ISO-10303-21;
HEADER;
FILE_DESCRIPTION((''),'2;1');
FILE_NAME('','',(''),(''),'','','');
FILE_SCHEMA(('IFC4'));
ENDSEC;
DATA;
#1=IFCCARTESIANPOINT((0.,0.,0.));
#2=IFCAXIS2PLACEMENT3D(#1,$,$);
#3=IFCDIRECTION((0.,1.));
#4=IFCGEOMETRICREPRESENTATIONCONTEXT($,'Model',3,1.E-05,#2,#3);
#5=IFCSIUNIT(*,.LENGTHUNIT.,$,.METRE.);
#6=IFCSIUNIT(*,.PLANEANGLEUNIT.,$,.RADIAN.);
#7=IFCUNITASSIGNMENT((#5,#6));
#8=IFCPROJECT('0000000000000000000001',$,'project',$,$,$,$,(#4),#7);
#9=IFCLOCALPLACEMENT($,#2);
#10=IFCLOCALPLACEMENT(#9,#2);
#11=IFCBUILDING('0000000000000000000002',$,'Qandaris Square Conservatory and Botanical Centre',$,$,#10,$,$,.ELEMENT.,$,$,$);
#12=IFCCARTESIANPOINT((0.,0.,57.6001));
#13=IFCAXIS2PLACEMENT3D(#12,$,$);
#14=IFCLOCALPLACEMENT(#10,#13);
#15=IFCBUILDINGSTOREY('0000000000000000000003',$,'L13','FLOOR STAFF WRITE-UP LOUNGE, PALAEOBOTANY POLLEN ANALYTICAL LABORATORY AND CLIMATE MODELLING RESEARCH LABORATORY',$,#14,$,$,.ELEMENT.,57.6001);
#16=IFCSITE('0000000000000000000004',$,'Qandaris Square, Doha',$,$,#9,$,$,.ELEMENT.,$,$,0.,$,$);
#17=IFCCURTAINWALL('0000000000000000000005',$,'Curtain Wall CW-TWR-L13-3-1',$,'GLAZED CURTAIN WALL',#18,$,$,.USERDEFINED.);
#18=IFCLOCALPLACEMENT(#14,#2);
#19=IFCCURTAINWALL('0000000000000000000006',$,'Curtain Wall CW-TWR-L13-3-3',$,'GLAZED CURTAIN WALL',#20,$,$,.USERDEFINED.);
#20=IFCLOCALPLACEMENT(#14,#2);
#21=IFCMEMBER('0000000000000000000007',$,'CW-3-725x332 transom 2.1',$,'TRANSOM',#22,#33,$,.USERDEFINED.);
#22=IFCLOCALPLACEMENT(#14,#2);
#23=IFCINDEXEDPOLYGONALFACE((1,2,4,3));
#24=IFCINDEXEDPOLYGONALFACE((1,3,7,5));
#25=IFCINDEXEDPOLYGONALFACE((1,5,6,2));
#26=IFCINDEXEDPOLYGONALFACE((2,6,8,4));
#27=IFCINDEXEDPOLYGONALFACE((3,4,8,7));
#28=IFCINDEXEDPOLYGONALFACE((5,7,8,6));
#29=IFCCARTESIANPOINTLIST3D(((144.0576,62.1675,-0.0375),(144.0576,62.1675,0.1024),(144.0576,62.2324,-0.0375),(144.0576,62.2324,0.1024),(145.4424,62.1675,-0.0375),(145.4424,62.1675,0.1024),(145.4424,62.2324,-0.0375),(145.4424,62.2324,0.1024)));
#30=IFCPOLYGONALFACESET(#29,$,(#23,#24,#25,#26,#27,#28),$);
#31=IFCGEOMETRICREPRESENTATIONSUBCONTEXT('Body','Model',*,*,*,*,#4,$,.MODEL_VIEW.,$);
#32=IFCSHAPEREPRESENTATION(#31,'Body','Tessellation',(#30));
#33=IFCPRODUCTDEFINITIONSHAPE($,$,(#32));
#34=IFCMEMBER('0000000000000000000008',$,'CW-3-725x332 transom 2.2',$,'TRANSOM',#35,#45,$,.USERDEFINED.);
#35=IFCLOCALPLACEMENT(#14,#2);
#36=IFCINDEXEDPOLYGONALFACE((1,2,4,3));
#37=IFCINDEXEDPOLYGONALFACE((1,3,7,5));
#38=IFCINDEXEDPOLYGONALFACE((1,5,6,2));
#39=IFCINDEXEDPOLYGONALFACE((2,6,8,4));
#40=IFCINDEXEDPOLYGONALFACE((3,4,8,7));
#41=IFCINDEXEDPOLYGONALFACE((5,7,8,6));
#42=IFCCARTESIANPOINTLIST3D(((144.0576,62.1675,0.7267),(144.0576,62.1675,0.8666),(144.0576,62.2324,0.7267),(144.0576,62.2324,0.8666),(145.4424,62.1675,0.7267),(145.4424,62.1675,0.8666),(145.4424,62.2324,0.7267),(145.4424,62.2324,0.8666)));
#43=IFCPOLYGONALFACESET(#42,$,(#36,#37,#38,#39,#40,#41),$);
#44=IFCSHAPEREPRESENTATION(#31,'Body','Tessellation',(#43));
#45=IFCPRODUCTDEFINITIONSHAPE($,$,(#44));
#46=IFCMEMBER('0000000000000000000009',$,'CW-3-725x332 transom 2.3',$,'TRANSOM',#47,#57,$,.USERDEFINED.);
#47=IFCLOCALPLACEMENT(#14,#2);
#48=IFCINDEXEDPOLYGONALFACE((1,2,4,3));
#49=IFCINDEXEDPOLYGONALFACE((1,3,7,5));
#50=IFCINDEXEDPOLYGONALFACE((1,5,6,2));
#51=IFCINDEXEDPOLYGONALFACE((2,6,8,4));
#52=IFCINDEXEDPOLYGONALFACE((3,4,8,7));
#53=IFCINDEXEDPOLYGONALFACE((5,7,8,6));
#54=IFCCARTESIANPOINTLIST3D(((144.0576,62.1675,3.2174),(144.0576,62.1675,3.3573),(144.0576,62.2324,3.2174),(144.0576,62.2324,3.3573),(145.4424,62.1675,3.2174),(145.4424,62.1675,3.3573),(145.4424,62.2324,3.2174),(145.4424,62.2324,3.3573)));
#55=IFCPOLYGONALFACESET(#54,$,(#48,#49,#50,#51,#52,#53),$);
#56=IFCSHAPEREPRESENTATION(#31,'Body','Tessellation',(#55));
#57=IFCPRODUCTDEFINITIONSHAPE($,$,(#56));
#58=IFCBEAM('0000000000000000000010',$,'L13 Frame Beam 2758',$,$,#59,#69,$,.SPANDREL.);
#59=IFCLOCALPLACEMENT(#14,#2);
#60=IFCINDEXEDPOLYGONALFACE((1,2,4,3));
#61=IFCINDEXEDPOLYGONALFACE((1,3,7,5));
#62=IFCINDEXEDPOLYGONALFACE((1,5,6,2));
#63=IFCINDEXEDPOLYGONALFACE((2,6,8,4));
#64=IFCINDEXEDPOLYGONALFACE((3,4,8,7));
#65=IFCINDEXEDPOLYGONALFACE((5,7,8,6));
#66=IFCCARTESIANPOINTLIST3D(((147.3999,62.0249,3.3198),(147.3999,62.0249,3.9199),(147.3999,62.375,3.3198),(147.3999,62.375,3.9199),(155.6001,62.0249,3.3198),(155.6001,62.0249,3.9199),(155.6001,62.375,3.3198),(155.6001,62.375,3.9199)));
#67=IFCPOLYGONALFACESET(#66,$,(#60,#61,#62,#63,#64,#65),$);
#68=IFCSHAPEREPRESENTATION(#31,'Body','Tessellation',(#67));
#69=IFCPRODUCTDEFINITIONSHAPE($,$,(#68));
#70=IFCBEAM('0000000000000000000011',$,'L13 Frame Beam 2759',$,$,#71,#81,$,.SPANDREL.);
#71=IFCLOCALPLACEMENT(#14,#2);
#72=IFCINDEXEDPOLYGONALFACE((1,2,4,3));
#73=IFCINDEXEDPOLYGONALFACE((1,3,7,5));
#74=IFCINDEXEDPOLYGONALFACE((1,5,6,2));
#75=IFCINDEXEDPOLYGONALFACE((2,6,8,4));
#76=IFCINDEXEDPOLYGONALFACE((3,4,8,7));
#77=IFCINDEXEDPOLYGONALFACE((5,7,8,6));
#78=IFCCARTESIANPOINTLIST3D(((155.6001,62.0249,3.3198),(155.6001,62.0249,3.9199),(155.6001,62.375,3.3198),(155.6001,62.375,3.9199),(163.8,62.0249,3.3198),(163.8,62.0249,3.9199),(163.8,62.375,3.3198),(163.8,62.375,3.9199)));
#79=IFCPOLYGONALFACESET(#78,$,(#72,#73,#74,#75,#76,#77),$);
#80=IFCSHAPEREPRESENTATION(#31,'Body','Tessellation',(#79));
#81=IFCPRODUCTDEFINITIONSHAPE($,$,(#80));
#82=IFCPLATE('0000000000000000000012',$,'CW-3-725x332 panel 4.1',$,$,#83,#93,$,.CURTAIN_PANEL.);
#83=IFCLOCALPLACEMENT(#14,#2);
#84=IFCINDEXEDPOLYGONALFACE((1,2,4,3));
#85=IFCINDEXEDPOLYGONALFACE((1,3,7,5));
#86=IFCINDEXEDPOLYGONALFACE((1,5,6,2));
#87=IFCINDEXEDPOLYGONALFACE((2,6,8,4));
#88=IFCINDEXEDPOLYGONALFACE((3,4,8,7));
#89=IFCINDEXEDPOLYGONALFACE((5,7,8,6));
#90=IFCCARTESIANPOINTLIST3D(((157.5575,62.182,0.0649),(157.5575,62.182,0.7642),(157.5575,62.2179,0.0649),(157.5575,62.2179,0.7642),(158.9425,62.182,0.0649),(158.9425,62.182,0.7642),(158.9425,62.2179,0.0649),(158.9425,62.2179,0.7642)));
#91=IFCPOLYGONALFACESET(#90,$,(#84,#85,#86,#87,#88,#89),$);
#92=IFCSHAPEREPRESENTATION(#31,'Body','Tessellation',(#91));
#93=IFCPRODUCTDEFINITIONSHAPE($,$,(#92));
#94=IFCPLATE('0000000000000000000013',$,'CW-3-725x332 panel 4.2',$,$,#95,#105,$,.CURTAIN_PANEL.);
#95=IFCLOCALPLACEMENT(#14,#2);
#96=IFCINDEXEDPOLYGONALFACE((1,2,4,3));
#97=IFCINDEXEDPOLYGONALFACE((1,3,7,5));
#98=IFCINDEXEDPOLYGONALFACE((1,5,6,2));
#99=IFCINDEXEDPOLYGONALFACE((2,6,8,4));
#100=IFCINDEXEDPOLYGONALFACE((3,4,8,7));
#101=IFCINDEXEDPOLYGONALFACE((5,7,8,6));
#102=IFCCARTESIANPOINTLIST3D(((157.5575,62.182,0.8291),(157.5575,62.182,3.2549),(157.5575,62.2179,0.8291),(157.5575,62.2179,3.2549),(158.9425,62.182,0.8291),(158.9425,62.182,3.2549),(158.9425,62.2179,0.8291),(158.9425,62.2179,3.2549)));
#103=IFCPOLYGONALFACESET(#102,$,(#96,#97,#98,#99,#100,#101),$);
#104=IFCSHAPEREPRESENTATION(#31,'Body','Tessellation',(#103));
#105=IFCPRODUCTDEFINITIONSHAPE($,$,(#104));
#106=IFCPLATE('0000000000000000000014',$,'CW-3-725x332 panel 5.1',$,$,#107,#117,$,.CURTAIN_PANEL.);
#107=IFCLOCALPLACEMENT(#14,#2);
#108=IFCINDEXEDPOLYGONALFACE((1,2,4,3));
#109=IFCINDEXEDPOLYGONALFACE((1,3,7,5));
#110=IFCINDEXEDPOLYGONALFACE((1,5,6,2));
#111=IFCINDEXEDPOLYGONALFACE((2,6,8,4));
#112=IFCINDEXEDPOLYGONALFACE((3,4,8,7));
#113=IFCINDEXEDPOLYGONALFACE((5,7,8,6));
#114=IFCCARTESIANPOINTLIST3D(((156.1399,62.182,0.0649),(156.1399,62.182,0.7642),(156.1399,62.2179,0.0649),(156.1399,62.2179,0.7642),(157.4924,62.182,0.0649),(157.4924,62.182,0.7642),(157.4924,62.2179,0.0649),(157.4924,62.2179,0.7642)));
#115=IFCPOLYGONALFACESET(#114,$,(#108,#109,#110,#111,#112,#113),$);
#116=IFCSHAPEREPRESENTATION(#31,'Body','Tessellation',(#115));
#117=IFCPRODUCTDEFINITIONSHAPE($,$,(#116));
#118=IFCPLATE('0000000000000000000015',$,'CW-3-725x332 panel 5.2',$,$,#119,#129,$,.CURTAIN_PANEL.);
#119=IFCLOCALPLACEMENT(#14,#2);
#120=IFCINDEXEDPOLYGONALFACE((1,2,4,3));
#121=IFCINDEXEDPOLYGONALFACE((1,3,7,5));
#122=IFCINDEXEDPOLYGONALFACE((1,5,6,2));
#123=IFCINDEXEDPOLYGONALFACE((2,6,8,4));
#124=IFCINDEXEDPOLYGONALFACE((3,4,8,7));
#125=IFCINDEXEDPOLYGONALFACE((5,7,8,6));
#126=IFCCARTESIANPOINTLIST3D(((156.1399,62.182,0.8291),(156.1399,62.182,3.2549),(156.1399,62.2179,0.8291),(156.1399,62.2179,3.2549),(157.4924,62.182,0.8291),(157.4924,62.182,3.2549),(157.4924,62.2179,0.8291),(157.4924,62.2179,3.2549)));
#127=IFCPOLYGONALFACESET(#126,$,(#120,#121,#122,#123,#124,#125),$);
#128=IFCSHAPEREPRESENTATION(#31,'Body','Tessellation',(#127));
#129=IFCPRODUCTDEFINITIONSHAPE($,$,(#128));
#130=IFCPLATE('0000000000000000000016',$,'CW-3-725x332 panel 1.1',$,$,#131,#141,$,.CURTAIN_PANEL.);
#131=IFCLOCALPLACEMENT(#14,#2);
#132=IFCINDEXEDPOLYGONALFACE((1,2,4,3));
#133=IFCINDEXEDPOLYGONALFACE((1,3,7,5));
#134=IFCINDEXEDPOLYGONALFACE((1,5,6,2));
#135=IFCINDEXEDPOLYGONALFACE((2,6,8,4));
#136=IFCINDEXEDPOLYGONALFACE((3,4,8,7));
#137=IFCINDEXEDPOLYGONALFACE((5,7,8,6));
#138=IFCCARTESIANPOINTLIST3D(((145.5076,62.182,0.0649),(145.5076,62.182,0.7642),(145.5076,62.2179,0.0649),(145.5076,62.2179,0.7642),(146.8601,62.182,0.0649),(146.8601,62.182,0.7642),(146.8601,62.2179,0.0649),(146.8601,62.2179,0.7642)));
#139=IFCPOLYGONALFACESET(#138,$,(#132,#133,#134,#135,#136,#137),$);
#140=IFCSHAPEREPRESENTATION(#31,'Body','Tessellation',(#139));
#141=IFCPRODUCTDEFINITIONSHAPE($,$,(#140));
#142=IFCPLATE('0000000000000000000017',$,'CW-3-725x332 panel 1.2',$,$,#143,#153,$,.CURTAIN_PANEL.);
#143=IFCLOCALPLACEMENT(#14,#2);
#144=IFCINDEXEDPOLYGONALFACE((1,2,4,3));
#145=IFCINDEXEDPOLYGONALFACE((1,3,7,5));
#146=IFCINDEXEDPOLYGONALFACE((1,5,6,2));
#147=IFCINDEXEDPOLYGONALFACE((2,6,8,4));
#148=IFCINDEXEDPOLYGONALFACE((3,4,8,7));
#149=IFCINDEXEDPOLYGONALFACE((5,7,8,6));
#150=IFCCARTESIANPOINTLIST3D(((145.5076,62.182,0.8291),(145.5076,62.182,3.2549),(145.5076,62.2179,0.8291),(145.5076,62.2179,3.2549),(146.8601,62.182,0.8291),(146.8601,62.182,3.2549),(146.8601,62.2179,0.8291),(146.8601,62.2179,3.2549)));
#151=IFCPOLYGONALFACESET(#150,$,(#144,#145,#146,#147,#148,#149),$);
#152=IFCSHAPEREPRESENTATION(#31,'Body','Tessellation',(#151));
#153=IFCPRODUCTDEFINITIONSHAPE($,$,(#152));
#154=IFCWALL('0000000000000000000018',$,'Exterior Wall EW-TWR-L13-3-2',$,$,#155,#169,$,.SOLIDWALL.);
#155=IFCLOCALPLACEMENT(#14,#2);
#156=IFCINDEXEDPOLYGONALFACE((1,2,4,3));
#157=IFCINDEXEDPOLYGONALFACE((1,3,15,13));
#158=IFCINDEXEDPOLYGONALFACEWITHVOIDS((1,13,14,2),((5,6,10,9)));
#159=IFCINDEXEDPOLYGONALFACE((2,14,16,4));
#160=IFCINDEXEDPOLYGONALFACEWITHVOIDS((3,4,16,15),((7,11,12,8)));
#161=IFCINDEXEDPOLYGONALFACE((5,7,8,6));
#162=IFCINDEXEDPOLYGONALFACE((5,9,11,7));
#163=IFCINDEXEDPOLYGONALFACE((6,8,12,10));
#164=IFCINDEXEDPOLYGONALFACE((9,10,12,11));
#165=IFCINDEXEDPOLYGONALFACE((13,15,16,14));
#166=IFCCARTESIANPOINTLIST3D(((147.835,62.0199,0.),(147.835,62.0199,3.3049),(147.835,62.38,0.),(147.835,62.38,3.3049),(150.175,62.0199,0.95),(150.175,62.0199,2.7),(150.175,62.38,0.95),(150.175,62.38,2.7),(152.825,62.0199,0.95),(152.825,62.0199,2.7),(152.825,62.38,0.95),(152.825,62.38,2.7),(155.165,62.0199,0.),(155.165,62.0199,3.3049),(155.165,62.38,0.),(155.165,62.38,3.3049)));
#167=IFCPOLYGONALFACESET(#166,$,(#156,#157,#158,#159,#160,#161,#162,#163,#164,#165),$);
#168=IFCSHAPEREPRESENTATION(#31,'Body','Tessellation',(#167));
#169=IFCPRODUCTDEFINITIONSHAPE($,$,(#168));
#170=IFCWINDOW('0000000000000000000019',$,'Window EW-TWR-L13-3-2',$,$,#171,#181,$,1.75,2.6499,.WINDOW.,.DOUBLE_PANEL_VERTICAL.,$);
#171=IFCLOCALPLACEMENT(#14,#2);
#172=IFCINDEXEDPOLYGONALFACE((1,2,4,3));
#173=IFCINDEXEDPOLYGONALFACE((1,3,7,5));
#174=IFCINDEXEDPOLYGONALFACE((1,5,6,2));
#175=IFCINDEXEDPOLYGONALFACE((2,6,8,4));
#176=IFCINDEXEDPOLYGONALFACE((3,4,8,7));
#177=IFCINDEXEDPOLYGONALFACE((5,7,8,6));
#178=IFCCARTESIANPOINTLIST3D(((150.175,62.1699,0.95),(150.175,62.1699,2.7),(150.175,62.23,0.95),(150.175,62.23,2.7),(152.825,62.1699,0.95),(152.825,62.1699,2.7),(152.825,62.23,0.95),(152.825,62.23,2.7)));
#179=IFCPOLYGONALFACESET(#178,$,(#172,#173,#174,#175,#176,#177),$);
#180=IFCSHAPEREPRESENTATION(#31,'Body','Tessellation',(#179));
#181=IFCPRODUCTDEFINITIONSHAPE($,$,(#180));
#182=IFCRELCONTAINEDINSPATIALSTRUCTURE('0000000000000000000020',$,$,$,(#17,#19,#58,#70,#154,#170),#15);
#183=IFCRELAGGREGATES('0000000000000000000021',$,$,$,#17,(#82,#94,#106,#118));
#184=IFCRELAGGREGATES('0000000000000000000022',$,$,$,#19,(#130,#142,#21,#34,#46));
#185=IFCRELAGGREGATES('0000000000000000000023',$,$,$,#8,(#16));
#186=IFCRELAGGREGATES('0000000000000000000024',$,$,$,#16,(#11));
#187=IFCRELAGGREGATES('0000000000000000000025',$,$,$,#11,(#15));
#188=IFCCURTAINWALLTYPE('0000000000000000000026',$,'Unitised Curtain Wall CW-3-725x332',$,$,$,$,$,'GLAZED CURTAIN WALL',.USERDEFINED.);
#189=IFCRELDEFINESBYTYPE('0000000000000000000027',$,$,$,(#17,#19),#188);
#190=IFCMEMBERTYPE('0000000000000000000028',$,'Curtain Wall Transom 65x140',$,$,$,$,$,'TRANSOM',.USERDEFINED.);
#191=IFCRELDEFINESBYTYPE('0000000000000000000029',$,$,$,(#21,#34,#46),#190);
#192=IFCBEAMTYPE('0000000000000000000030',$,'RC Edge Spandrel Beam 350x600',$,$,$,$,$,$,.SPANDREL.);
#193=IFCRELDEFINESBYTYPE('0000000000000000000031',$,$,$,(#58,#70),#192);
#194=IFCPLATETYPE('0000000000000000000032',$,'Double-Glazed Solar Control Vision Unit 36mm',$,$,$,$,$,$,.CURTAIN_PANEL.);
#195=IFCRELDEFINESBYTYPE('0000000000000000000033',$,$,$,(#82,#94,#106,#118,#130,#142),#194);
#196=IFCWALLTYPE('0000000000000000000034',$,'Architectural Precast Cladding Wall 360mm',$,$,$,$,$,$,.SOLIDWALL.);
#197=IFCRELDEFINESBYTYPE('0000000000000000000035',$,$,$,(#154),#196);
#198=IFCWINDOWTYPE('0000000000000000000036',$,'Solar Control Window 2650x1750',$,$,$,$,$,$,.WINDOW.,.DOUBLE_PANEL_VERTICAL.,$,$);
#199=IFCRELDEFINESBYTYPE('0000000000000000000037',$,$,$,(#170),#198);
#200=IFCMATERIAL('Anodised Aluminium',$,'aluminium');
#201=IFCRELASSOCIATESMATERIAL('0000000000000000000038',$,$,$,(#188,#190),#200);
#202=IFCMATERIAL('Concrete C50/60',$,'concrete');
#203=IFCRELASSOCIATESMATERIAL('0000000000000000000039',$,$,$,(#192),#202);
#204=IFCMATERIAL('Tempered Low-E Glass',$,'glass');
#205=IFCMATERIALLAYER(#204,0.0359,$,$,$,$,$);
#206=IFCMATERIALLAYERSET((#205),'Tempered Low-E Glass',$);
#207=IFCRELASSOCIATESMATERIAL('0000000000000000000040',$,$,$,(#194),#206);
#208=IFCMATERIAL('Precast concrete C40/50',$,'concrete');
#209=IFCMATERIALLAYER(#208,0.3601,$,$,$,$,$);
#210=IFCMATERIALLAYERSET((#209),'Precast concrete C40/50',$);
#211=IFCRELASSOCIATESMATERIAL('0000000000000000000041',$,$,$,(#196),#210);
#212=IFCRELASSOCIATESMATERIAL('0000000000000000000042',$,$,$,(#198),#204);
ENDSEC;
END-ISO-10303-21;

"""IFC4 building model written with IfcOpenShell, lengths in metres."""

from ifc_helpers import new_model, si_unit, direction, frame, frame_2d, origin, origin_2d, place, context, subcontext, project, spatial, rectangle, extrude, material, layer, layer_set, material_profile, profile_set, type_object, element, fill, aggregate, save


model = new_model("IFC4")

# Units and contexts
model_context = context("Model", 3, precision=1e-05, world=origin(), true_north=direction((0.0, 1.0)))
body_context = subcontext(model_context, "Body", "Model", "MODEL_VIEW")
ifc_project = project(units=[si_unit("LENGTHUNIT", "METRE"), si_unit("PLANEANGLEUNIT", "RADIAN")], contexts=[model_context])

# Site, building, storey
site_placement = place(None, origin())
site = spatial("IfcSite", under=ifc_project, at=site_placement, Name="Qandaris Square, Doha", CompositionType="ELEMENT", RefElevation=0.0)
building_placement = place(site_placement, origin())
building = spatial("IfcBuilding", under=site, at=building_placement, Name="Qandaris Square Conservatory and Botanical Centre", CompositionType="ELEMENT")
storey_placement = place(building_placement, frame((0.0, 0.0, 57.6001)))
storey = spatial("IfcBuildingStorey", under=building, at=storey_placement, Name="L13", Description="FLOOR STAFF WRITE-UP LOUNGE, PALAEOBOTANY POLLEN ANALYTICAL LABORATORY AND CLIMATE MODELLING RESEARCH LABORATORY", CompositionType="ELEMENT", Elevation=57.6001)

# Shared definitions
ifc_material_1 = material(Name="Concrete C50/60", Category="concrete")

# Curtain walls
ifc_material_2 = material(Name="Anodised Aluminium", Category="aluminium")
curtain_wall_type = type_object("IfcCurtainWallType", Name="Unitised Curtain Wall CW-3-725x332", ElementType="GLAZED CURTAIN WALL", PredefinedType="USERDEFINED", material=ifc_material_2)
curtain_wall_1_placement = place(storey_placement, origin())
curtain_wall_1 = element("IfcCurtainWall", 1, at=curtain_wall_1_placement, inside=storey, type_object=curtain_wall_type, Name="Curtain Wall CW-TWR-L13-3-1", ObjectType="GLAZED CURTAIN WALL", PredefinedType="USERDEFINED")
curtain_wall_2_placement = place(storey_placement, origin())
curtain_wall_2 = element("IfcCurtainWall", 2, at=curtain_wall_2_placement, inside=storey, type_object=curtain_wall_type, Name="Curtain Wall CW-TWR-L13-3-3", ObjectType="GLAZED CURTAIN WALL", PredefinedType="USERDEFINED")

# Members
ifc_material_profile_1 = material_profile(ifc_material_2, rectangle(XDim=0.0649, YDim=0.1399, at=origin_2d()), Name="ALU-TRN 65x140")
ifc_profile_set_1 = profile_set([ifc_material_profile_1], Name="Anodised Aluminium")
member_type_1 = type_object("IfcMemberType", Name="Curtain Wall Transom 65x140", ElementType="TRANSOM", PredefinedType="USERDEFINED", material=ifc_profile_set_1)
member_1_placement = place(storey_placement, frame((145.4424, 62.2, 0.0325), z_axis=(-1.0, 0.0, 0.0), x_axis=(0.0, -1.0, 0.0)))
member_1 = element("IfcMember", 3, at=member_1_placement, type_object=member_type_1, Name="CW-3-725x332 transom 2.1", ObjectType="TRANSOM", PredefinedType="USERDEFINED", context=body_context, shape_type="SweptSolid", body=[
    extrude(rectangle(XDim=0.0649, YDim=0.1399, at=origin_2d()), origin(), (0.0, 0.0, 1.0), 1.3848),
])
member_2_placement = place(storey_placement, frame((145.4424, 62.2, 0.7966), z_axis=(-1.0, 0.0, 0.0), x_axis=(0.0, -1.0, 0.0)))
member_2 = element("IfcMember", 4, at=member_2_placement, type_object=member_type_1, Name="CW-3-725x332 transom 2.2", ObjectType="TRANSOM", PredefinedType="USERDEFINED", context=body_context, shape_type="SweptSolid", body=[
    extrude(rectangle(XDim=0.0649, YDim=0.1399, at=origin_2d()), origin(), (0.0, 0.0, 1.0), 1.3848),
])
member_3_placement = place(storey_placement, frame((145.4424, 62.2, 3.2874), z_axis=(-1.0, 0.0, 0.0), x_axis=(0.0, -1.0, 0.0)))
member_3 = element("IfcMember", 5, at=member_3_placement, type_object=member_type_1, Name="CW-3-725x332 transom 2.3", ObjectType="TRANSOM", PredefinedType="USERDEFINED", context=body_context, shape_type="SweptSolid", body=[
    extrude(rectangle(XDim=0.0649, YDim=0.1399, at=origin_2d()), origin(), (0.0, 0.0, 1.0), 1.3848),
])

# Beams
ifc_material_profile_2 = material_profile(ifc_material_1, rectangle(XDim=0.3501, YDim=0.6001, at=origin_2d()), Name="RC-SP 350x600")
ifc_profile_set_2 = profile_set([ifc_material_profile_2], Name="Concrete C50/60")
beam_type = type_object("IfcBeamType", Name="RC Edge Spandrel Beam 350x600", PredefinedType="SPANDREL", material=ifc_profile_set_2)
beam_1_placement = place(storey_placement, frame((147.3999, 62.2, 3.6199), z_axis=(1.0, 0.0, 0.0), x_axis=(0.0, 1.0, 0.0)))
element("IfcBeam", 6, at=beam_1_placement, inside=storey, type_object=beam_type, Name="L13 Frame Beam 2758", PredefinedType="SPANDREL", context=body_context, shape_type="SweptSolid", body=[
    extrude(rectangle(XDim=0.3501, YDim=0.6001, at=origin_2d()), origin(), (0.0, 0.0, 1.0), 8.2002),
])
beam_2_placement = place(storey_placement, frame((155.6001, 62.2, 3.6199), z_axis=(1.0, 0.0, 0.0), x_axis=(0.0, 1.0, 0.0)))
element("IfcBeam", 7, at=beam_2_placement, inside=storey, type_object=beam_type, Name="L13 Frame Beam 2759", PredefinedType="SPANDREL", context=body_context, shape_type="SweptSolid", body=[
    extrude(rectangle(XDim=0.3501, YDim=0.6001, at=origin_2d()), origin(), (0.0, 0.0, 1.0), 8.2),
])

# Plates
ifc_material_3 = material(Name="Tempered Low-E Glass", Category="glass")
ifc_layer_1 = layer(ifc_material_3, 0.0359)
ifc_layer_set_1 = layer_set([ifc_layer_1], Name="Tempered Low-E Glass")
plate_type = type_object("IfcPlateType", Name="Double-Glazed Solar Control Vision Unit 36mm", PredefinedType="CURTAIN_PANEL", material=ifc_layer_set_1)
plate_1_placement = place(storey_placement, frame((158.25, 62.2, 0.0649), z_axis=(0.0, 0.0, 1.0), x_axis=(-1.0, 0.0, 0.0)))
plate_1 = element("IfcPlate", 8, at=plate_1_placement, type_object=plate_type, Name="CW-3-725x332 panel 4.1", PredefinedType="CURTAIN_PANEL", context=body_context, shape_type="SweptSolid", body=[
    extrude(rectangle(XDim=1.385, YDim=0.0359, at=origin_2d()), origin(), (0.0, 0.0, 1.0), 0.6992),
])
plate_2_placement = place(storey_placement, frame((158.25, 62.2, 0.8291), z_axis=(0.0, 0.0, 1.0), x_axis=(-1.0, 0.0, 0.0)))
plate_2 = element("IfcPlate", 9, at=plate_2_placement, type_object=plate_type, Name="CW-3-725x332 panel 4.2", PredefinedType="CURTAIN_PANEL", context=body_context, shape_type="SweptSolid", body=[
    extrude(rectangle(XDim=1.385, YDim=0.0359, at=origin_2d()), origin(), (0.0, 0.0, 1.0), 2.4258),
])
plate_3_placement = place(storey_placement, frame((156.8162, 62.2, 0.0649), z_axis=(0.0, 0.0, 1.0), x_axis=(-1.0, 0.0, 0.0)))
plate_3 = element("IfcPlate", 10, at=plate_3_placement, type_object=plate_type, Name="CW-3-725x332 panel 5.1", PredefinedType="CURTAIN_PANEL", context=body_context, shape_type="SweptSolid", body=[
    extrude(rectangle(XDim=1.3525, YDim=0.0359, at=origin_2d()), origin(), (0.0, 0.0, 1.0), 0.6992),
])
plate_4_placement = place(storey_placement, frame((156.8162, 62.2, 0.8291), z_axis=(0.0, 0.0, 1.0), x_axis=(-1.0, 0.0, 0.0)))
plate_4 = element("IfcPlate", 11, at=plate_4_placement, type_object=plate_type, Name="CW-3-725x332 panel 5.2", PredefinedType="CURTAIN_PANEL", context=body_context, shape_type="SweptSolid", body=[
    extrude(rectangle(XDim=1.3525, YDim=0.0359, at=origin_2d()), origin(), (0.0, 0.0, 1.0), 2.4258),
])
aggregate(curtain_wall_1, [plate_1, plate_2, plate_3, plate_4])
plate_5_placement = place(storey_placement, frame((146.1838, 62.2, 0.0649), z_axis=(0.0, 0.0, 1.0), x_axis=(-1.0, 0.0, 0.0)))
plate_5 = element("IfcPlate", 12, at=plate_5_placement, type_object=plate_type, Name="CW-3-725x332 panel 1.1", PredefinedType="CURTAIN_PANEL", context=body_context, shape_type="SweptSolid", body=[
    extrude(rectangle(XDim=1.3525, YDim=0.0359, at=origin_2d()), origin(), (0.0, 0.0, 1.0), 0.6992),
])
plate_6_placement = place(storey_placement, frame((146.1838, 62.2, 0.8291), z_axis=(0.0, 0.0, 1.0), x_axis=(-1.0, 0.0, 0.0)))
plate_6 = element("IfcPlate", 13, at=plate_6_placement, type_object=plate_type, Name="CW-3-725x332 panel 1.2", PredefinedType="CURTAIN_PANEL", context=body_context, shape_type="SweptSolid", body=[
    extrude(rectangle(XDim=1.3525, YDim=0.0359, at=origin_2d()), origin(), (0.0, 0.0, 1.0), 2.4258),
])
aggregate(curtain_wall_2, [plate_5, plate_6, member_1, member_2, member_3])

# Wall, opening, window
ifc_material_4 = material(Name="Precast concrete C40/50", Category="concrete")
ifc_layer_2 = layer(ifc_material_4, 0.3601)
ifc_layer_set_2 = layer_set([ifc_layer_2], Name="Precast concrete C40/50")
wall_type = type_object("IfcWallType", Name="Architectural Precast Cladding Wall 360mm", PredefinedType="SOLIDWALL", material=ifc_layer_set_2)
wall_placement = place(storey_placement, frame((155.165, 62.2, 0.0), z_axis=(0.0, 0.0, 1.0), x_axis=(-1.0, 0.0, 0.0)))
wall = element("IfcWall", 14, at=wall_placement, inside=storey, type_object=wall_type, Name="Exterior Wall EW-TWR-L13-3-2", PredefinedType="SOLIDWALL", context=body_context, shape_type="SweptSolid", body=[
    extrude(rectangle(XDim=7.3301, YDim=0.3601, at=frame_2d((3.665, 0.0))), origin(), (0.0, 0.0, 1.0), 3.3049),
])
opening_placement = place(wall_placement, frame((2.3401, 0.0, 0.95)))
opening = element("IfcOpeningElement", 15, at=opening_placement, cuts=wall, PredefinedType="OPENING", context=body_context, shape_type="SweptSolid", body=[
    extrude(rectangle(XDim=2.6499, YDim=1.75, at=frame_2d((1.325, 0.875))), frame((0.0, 0.1919, 0.0), z_axis=(0.0, -1.0, 0.0), x_axis=(1.0, 0.0, 0.0)), (0.0, 0.0, 1.0), 0.384),
])
window_type = type_object("IfcWindowType", Name="Solar Control Window 2650x1750", PartitioningType="DOUBLE_PANEL_VERTICAL", PredefinedType="WINDOW", material=ifc_material_3)
window_placement = place(opening_placement, origin())
window = element("IfcWindow", 16, at=window_placement, inside=storey, type_object=window_type, Name="Window EW-TWR-L13-3-2", OverallHeight=1.75, OverallWidth=2.6499, PartitioningType="DOUBLE_PANEL_VERTICAL", PredefinedType="WINDOW", context=body_context, shape_type="SweptSolid", body=[
    extrude(rectangle(XDim=2.6499, YDim=1.75, at=frame_2d((1.325, 0.875))), frame((0.0, 0.03, 0.0), z_axis=(0.0, -1.0, 0.0), x_axis=(1.0, 0.0, 0.0)), (0.0, 0.0, 1.0), 0.0601),
])
fill(opening, window)

save(model, "model.ifc")
